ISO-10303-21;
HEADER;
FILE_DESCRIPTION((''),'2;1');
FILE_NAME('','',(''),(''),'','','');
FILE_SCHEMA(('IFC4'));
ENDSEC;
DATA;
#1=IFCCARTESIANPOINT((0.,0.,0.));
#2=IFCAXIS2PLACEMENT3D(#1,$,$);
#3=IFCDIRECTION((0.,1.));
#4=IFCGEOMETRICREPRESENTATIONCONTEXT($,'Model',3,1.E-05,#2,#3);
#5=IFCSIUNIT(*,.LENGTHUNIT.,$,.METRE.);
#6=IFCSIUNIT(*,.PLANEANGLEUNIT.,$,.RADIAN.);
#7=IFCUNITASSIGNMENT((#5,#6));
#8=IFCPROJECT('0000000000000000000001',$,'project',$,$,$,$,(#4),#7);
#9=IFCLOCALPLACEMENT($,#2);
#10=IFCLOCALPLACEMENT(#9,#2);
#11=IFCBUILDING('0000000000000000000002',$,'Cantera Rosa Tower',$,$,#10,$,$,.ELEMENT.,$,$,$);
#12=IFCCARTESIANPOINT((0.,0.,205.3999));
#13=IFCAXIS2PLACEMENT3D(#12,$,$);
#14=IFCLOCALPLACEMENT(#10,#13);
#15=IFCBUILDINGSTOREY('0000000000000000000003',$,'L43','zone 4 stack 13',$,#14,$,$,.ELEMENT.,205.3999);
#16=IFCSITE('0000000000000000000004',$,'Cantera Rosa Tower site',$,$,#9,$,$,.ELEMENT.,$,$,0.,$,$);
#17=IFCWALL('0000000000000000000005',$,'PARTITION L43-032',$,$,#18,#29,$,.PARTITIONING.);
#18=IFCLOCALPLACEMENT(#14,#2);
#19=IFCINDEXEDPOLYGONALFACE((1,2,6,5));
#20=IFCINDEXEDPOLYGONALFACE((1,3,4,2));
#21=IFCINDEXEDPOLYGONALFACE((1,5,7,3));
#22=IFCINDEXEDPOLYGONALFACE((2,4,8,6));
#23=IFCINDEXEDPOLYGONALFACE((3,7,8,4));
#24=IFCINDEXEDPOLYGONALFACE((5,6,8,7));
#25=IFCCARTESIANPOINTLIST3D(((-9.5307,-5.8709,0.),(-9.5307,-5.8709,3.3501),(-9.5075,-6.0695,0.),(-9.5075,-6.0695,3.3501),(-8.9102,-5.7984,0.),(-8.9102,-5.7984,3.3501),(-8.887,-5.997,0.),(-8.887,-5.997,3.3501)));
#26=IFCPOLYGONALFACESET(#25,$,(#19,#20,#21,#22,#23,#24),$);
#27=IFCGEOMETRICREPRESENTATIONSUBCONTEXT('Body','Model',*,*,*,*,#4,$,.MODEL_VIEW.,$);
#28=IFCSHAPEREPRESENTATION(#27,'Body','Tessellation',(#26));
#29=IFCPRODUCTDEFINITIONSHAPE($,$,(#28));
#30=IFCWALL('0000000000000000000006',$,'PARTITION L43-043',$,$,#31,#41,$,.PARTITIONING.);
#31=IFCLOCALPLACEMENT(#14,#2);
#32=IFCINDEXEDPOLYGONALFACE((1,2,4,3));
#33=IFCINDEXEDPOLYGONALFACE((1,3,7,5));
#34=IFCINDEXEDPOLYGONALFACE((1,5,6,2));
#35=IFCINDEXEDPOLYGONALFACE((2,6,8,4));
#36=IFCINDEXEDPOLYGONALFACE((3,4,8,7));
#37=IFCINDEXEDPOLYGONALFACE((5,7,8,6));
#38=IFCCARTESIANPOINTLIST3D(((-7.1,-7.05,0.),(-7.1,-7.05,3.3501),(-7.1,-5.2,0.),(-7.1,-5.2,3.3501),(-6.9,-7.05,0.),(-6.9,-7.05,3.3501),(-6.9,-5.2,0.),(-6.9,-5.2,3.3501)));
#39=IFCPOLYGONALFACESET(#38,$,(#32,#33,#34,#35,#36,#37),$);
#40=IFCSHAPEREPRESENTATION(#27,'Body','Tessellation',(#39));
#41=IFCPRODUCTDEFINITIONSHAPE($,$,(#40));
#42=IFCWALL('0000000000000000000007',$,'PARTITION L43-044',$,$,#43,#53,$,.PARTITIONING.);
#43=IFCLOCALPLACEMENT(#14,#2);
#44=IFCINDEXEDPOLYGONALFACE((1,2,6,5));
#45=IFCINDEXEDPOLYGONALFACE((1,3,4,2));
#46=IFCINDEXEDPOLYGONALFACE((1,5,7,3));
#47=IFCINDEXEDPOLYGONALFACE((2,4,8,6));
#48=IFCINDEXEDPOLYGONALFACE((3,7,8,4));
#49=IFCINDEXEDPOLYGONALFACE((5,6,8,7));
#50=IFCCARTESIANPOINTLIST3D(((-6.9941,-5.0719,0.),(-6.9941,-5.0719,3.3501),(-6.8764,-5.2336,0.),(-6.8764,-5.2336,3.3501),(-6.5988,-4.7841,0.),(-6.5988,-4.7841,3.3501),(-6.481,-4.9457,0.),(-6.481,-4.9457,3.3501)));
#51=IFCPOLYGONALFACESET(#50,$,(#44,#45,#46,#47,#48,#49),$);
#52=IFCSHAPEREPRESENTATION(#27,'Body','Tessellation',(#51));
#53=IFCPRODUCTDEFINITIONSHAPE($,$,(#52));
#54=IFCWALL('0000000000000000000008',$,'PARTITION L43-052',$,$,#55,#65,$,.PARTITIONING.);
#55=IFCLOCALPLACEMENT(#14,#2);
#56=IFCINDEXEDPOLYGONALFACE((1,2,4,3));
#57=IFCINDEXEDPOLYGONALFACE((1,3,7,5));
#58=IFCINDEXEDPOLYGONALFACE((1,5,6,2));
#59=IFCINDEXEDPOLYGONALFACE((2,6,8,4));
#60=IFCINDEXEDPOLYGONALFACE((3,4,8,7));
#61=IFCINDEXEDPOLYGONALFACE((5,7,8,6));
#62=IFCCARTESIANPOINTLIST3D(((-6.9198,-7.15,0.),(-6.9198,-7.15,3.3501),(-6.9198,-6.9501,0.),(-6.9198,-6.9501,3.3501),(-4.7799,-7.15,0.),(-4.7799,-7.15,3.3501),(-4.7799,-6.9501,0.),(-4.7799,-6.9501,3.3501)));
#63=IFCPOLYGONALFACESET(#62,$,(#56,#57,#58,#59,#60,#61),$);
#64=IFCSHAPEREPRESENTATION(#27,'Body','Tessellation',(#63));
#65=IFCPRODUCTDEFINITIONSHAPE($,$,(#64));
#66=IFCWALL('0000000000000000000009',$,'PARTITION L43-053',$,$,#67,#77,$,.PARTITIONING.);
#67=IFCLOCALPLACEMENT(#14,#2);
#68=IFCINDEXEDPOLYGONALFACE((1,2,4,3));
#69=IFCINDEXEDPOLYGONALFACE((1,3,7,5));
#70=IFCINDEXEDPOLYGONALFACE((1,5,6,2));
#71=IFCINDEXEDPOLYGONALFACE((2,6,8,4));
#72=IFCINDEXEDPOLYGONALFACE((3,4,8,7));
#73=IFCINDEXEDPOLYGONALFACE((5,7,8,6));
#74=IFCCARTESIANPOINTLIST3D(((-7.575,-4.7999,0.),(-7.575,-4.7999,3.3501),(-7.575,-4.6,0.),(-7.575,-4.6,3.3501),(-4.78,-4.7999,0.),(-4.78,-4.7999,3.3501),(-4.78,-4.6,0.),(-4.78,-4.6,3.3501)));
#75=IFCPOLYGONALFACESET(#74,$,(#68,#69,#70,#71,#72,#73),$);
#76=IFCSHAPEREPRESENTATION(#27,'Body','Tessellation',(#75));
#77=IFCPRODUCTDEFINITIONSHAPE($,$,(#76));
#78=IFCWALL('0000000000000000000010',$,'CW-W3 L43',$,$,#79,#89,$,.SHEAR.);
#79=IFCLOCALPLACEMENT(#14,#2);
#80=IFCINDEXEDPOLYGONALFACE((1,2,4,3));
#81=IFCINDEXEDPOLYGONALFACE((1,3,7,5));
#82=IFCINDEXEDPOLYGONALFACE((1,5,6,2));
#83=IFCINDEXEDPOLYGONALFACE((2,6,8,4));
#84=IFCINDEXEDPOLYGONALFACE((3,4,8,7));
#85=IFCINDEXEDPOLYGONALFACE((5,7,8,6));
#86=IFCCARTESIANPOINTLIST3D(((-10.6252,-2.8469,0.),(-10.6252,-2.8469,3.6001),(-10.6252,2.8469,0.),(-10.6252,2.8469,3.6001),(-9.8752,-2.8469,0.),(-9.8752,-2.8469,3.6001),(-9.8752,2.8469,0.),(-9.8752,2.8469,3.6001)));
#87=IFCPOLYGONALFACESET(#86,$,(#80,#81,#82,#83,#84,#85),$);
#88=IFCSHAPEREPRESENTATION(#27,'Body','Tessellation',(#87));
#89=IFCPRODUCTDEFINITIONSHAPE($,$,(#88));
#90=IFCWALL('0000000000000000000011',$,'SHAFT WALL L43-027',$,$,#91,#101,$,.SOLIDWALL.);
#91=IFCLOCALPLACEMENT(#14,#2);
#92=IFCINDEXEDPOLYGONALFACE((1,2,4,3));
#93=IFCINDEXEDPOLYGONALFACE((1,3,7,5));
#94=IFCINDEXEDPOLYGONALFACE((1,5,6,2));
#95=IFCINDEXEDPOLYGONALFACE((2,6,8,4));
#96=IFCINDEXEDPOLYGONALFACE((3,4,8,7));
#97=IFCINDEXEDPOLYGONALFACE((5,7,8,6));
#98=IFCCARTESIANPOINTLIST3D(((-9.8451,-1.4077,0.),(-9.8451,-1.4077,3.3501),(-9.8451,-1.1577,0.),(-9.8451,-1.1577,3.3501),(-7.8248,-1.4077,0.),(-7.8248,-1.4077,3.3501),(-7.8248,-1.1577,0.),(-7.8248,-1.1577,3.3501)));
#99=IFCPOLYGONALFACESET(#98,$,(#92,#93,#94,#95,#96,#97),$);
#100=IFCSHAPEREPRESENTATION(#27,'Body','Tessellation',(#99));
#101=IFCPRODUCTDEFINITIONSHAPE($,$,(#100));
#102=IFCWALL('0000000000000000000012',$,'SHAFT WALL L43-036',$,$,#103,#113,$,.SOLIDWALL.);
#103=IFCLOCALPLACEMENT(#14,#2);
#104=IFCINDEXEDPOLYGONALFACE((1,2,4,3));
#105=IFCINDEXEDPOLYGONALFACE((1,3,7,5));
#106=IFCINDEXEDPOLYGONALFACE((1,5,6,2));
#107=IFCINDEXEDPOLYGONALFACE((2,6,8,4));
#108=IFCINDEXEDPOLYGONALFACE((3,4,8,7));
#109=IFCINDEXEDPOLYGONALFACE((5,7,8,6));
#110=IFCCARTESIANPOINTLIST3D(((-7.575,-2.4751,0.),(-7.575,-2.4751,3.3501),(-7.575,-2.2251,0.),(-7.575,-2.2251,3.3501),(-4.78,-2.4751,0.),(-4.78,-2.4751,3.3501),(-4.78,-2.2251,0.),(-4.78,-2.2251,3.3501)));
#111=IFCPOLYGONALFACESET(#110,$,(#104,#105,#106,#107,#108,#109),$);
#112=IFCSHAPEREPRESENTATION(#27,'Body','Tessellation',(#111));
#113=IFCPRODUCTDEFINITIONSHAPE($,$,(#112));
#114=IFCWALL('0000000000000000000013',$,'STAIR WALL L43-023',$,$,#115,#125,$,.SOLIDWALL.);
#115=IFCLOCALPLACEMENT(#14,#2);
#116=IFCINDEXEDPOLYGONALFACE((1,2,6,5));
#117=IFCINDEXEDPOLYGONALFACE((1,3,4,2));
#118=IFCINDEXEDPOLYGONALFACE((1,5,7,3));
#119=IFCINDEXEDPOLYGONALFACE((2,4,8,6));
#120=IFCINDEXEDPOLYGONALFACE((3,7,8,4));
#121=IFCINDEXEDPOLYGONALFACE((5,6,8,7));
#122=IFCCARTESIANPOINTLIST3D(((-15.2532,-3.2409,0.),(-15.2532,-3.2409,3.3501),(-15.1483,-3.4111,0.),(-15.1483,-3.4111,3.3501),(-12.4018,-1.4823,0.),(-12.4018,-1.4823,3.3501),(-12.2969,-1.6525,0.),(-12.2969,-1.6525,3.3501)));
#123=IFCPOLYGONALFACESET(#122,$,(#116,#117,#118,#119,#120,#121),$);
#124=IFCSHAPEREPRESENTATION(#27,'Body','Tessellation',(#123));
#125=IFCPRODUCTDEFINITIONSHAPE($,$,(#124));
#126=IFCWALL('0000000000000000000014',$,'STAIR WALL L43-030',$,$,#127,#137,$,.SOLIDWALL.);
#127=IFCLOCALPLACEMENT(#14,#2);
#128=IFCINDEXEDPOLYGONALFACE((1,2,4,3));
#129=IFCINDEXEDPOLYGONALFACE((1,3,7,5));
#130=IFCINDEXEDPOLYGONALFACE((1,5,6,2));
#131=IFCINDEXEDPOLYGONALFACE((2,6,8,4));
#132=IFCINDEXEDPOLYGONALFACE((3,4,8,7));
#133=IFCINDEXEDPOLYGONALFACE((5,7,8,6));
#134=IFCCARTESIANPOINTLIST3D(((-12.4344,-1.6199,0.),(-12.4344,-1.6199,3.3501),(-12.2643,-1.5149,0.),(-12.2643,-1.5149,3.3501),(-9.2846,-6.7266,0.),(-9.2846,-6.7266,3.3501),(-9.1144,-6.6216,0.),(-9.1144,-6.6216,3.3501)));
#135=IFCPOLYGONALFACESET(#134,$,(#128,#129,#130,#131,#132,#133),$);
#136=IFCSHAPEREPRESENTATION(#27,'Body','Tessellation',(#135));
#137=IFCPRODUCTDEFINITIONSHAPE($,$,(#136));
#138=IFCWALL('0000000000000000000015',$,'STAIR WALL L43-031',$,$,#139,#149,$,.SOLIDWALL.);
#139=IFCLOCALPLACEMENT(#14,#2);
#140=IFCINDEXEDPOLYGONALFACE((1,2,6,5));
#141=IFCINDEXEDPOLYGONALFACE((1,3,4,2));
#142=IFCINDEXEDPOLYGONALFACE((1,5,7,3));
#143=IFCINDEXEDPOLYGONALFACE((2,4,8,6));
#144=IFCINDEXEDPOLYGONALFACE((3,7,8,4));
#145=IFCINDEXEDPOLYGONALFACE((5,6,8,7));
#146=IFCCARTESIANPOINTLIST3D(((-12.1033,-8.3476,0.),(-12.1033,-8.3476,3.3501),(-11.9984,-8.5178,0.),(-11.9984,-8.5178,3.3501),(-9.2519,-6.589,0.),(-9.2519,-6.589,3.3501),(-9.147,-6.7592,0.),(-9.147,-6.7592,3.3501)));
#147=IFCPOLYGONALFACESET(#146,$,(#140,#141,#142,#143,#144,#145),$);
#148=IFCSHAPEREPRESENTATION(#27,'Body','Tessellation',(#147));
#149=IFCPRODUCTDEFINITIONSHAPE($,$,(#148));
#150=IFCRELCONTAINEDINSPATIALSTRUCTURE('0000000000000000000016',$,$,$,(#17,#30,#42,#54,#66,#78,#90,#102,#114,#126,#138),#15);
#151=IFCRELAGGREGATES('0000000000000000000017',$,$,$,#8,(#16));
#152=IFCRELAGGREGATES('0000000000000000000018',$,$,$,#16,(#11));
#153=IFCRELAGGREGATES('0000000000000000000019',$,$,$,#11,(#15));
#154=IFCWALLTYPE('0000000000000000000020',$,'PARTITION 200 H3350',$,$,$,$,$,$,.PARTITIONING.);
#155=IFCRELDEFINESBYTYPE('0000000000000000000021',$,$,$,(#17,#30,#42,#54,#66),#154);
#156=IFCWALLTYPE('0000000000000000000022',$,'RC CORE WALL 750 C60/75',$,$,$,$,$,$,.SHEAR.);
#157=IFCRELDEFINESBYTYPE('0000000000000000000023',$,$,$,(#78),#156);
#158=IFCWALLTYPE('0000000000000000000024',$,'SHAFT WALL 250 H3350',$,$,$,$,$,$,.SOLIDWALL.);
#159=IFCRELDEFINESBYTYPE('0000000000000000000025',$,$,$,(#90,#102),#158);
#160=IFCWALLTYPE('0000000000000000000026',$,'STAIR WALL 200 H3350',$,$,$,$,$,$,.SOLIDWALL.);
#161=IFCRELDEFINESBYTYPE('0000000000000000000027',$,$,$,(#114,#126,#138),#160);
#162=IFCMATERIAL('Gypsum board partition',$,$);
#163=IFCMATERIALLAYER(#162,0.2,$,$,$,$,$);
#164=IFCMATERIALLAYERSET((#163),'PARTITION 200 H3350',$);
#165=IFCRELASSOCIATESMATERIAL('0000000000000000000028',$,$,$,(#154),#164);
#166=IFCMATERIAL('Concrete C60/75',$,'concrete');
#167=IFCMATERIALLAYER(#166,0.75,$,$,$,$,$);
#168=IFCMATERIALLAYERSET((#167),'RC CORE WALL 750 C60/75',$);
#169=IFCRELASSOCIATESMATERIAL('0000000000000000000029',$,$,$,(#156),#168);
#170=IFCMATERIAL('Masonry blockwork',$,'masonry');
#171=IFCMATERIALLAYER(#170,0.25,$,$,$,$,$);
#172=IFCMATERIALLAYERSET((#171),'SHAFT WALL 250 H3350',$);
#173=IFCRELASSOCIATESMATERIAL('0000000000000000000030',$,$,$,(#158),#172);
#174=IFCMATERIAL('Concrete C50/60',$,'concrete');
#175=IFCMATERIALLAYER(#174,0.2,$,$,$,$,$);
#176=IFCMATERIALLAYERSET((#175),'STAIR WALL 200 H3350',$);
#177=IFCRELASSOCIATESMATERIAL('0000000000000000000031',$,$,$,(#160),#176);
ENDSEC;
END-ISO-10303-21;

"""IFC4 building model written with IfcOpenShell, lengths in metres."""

from ifc_helpers import new_model, si_unit, direction, frame, frame_2d, origin, place, context, subcontext, project, spatial, rectangle, extrude, material, layer, layer_set, type_object, element, save


model = new_model("IFC4")

# Units and contexts
model_context = context("Model", 3, precision=1e-05, world=origin(), true_north=direction((0.0, 1.0)))
body_context = subcontext(model_context, "Body", "Model", "MODEL_VIEW")
ifc_project = project(units=[si_unit("LENGTHUNIT", "METRE"), si_unit("PLANEANGLEUNIT", "RADIAN")], contexts=[model_context])

# Site, building, storey
site_placement = place(None, origin())
site = spatial("IfcSite", under=ifc_project, at=site_placement, Name="Cantera Rosa Tower site", CompositionType="ELEMENT", RefElevation=0.0)
building_placement = place(site_placement, origin())
building = spatial("IfcBuilding", under=site, at=building_placement, Name="Cantera Rosa Tower", CompositionType="ELEMENT")
storey_placement = place(building_placement, frame((0.0, 0.0, 205.3999)))
storey = spatial("IfcBuildingStorey", under=building, at=storey_placement, Name="L43", Description="zone 4 stack 13", CompositionType="ELEMENT", Elevation=205.3999)

# Walls
ifc_material_1 = material(Name="Gypsum board partition")
ifc_layer_1 = layer(ifc_material_1, 0.2)
ifc_layer_set_1 = layer_set([ifc_layer_1], Name="PARTITION 200 H3350")
wall_type_1 = type_object("IfcWallType", Name="PARTITION 200 H3350", PredefinedType="PARTITIONING", material=ifc_layer_set_1)
wall_1_placement = place(storey_placement, frame((-8.8984, -5.8977, 0.0), z_axis=(0.0, 0.0, 1.0), x_axis=(-0.993244, -0.116048, 0.0)))
element("IfcWall", 1, at=wall_1_placement, inside=storey, type_object=wall_type_1, Name="PARTITION L43-032", PredefinedType="PARTITIONING", context=body_context, shape_type="SweptSolid", body=[
    extrude(rectangle(XDim=0.6248, YDim=0.2, at=frame_2d((0.3125, 0.0))), origin(), (0.0, 0.0, 1.0), 3.3501),
])
wall_2_placement = place(storey_placement, frame((-7.0, -7.05, 0.0), z_axis=(0.0, 0.0, 1.0), x_axis=(0.0, 1.0, 0.0)))
element("IfcWall", 2, at=wall_2_placement, inside=storey, type_object=wall_type_1, Name="PARTITION L43-043", PredefinedType="PARTITIONING", context=body_context, shape_type="SweptSolid", body=[
    extrude(rectangle(XDim=1.8501, YDim=0.2, at=frame_2d((0.925, 0.0))), origin(), (0.0, 0.0, 1.0), 3.3501),
])
wall_3_placement = place(storey_placement, frame((-6.9353, -5.1528, 0.0), z_axis=(0.0, 0.0, 1.0), x_axis=(0.808369, 0.588676, 0.0)))
element("IfcWall", 3, at=wall_3_placement, inside=storey, type_object=wall_type_1, Name="PARTITION L43-044", PredefinedType="PARTITIONING", context=body_context, shape_type="SweptSolid", body=[
    extrude(rectangle(XDim=0.489, YDim=0.2, at=frame_2d((0.2446, 0.0))), origin(), (0.0, 0.0, 1.0), 3.3501),
])
wall_4_placement = place(storey_placement, frame((-4.78, -7.05, 0.0), z_axis=(0.0, 0.0, 1.0), x_axis=(-1.0, 0.0, 0.0)))
element("IfcWall", 4, at=wall_4_placement, inside=storey, type_object=wall_type_1, Name="PARTITION L43-052", PredefinedType="PARTITIONING", context=body_context, shape_type="SweptSolid", body=[
    extrude(rectangle(XDim=2.1399, YDim=0.2, at=frame_2d((1.0698, 0.0))), origin(), (0.0, 0.0, 1.0), 3.3501),
])
wall_5_placement = place(storey_placement, frame((-4.78, -4.7, 0.0), z_axis=(0.0, 0.0, 1.0), x_axis=(-1.0, 0.0, 0.0)))
element("IfcWall", 5, at=wall_5_placement, inside=storey, type_object=wall_type_1, Name="PARTITION L43-053", PredefinedType="PARTITIONING", context=body_context, shape_type="SweptSolid", body=[
    extrude(rectangle(XDim=2.7949, YDim=0.2, at=frame_2d((1.3975, 0.0))), origin(), (0.0, 0.0, 1.0), 3.3501),
])
ifc_material_2 = material(Name="Concrete C60/75", Category="concrete")
ifc_layer_2 = layer(ifc_material_2, 0.75)
ifc_layer_set_2 = layer_set([ifc_layer_2], Name="RC CORE WALL 750 C60/75")
wall_type_2 = type_object("IfcWallType", Name="RC CORE WALL 750 C60/75", PredefinedType="SHEAR", material=ifc_layer_set_2)
wall_6_placement = place(storey_placement, frame((-10.2502, -2.8469, 0.0), z_axis=(0.0, 0.0, 1.0), x_axis=(0.0, 1.0, 0.0)))
element("IfcWall", 6, at=wall_6_placement, inside=storey, type_object=wall_type_2, Name="CW-W3 L43", PredefinedType="SHEAR", context=body_context, shape_type="SweptSolid", body=[
    extrude(rectangle(XDim=5.6938, YDim=0.75, at=frame_2d((2.8469, 0.0))), origin(), (0.0, 0.0, 1.0), 3.6001),
])
ifc_material_3 = material(Name="Masonry blockwork", Category="masonry")
ifc_layer_3 = layer(ifc_material_3, 0.25)
ifc_layer_set_3 = layer_set([ifc_layer_3], Name="SHAFT WALL 250 H3350")
wall_type_3 = type_object("IfcWallType", Name="SHAFT WALL 250 H3350", PredefinedType="SOLIDWALL", material=ifc_layer_set_3)
wall_7_placement = place(storey_placement, frame((-9.8452, -1.2827, 0.0), z_axis=(0.0, 0.0, 1.0), x_axis=(1.0, 0.0, 0.0)))
element("IfcWall", 7, at=wall_7_placement, inside=storey, type_object=wall_type_3, Name="SHAFT WALL L43-027", PredefinedType="SOLIDWALL", context=body_context, shape_type="SweptSolid", body=[
    extrude(rectangle(XDim=2.0203, YDim=0.25, at=frame_2d((1.0103, 0.0))), origin(), (0.0, 0.0, 1.0), 3.3501),
])
wall_8_placement = place(storey_placement, frame((-7.575, -2.3501, 0.0), z_axis=(0.0, 0.0, 1.0), x_axis=(1.0, 0.0, 0.0)))
element("IfcWall", 8, at=wall_8_placement, inside=storey, type_object=wall_type_3, Name="SHAFT WALL L43-036", PredefinedType="SOLIDWALL", context=body_context, shape_type="SweptSolid", body=[
    extrude(rectangle(XDim=2.7949, YDim=0.25, at=frame_2d((1.3975, 0.0))), origin(), (0.0, 0.0, 1.0), 3.3501),
])
ifc_material_4 = material(Name="Concrete C50/60", Category="concrete")
ifc_layer_4 = layer(ifc_material_4, 0.2)
ifc_layer_set_4 = layer_set([ifc_layer_4], Name="STAIR WALL 200 H3350")
wall_type_4 = type_object("IfcWallType", Name="STAIR WALL 200 H3350", PredefinedType="SOLIDWALL", material=ifc_layer_set_4)
wall_9_placement = place(storey_placement, frame((-12.3494, -1.5674, 0.0), z_axis=(0.0, 0.0, 1.0), x_axis=(-0.85114, -0.524939, 0.0)))
element("IfcWall", 9, at=wall_9_placement, inside=storey, type_object=wall_type_4, Name="STAIR WALL L43-023", PredefinedType="SOLIDWALL", context=body_context, shape_type="SweptSolid", body=[
    extrude(rectangle(XDim=3.3501, YDim=0.2, at=frame_2d((1.675, 0.0))), origin(), (0.0, 0.0, 1.0), 3.3501),
])
wall_10_placement = place(storey_placement, frame((-9.1995, -6.6741, 0.0), z_axis=(0.0, 0.0, 1.0), x_axis=(-0.524983, 0.851113, 0.0)))
element("IfcWall", 10, at=wall_10_placement, inside=storey, type_object=wall_type_4, Name="STAIR WALL L43-030", PredefinedType="SOLIDWALL", context=body_context, shape_type="SweptSolid", body=[
    extrude(rectangle(XDim=6.0, YDim=0.2, at=frame_2d((3.0, 0.0))), origin(), (0.0, 0.0, 1.0), 3.3501),
])
wall_11_placement = place(storey_placement, frame((-9.1995, -6.6741, 0.0), z_axis=(0.0, 0.0, 1.0), x_axis=(-0.85114, -0.524939, 0.0)))
element("IfcWall", 11, at=wall_11_placement, inside=storey, type_object=wall_type_4, Name="STAIR WALL L43-031", PredefinedType="SOLIDWALL", context=body_context, shape_type="SweptSolid", body=[
    extrude(rectangle(XDim=3.3501, YDim=0.2, at=frame_2d((1.675, 0.0))), origin(), (0.0, 0.0, 1.0), 3.3501),
])

save(model, "model.ifc")
